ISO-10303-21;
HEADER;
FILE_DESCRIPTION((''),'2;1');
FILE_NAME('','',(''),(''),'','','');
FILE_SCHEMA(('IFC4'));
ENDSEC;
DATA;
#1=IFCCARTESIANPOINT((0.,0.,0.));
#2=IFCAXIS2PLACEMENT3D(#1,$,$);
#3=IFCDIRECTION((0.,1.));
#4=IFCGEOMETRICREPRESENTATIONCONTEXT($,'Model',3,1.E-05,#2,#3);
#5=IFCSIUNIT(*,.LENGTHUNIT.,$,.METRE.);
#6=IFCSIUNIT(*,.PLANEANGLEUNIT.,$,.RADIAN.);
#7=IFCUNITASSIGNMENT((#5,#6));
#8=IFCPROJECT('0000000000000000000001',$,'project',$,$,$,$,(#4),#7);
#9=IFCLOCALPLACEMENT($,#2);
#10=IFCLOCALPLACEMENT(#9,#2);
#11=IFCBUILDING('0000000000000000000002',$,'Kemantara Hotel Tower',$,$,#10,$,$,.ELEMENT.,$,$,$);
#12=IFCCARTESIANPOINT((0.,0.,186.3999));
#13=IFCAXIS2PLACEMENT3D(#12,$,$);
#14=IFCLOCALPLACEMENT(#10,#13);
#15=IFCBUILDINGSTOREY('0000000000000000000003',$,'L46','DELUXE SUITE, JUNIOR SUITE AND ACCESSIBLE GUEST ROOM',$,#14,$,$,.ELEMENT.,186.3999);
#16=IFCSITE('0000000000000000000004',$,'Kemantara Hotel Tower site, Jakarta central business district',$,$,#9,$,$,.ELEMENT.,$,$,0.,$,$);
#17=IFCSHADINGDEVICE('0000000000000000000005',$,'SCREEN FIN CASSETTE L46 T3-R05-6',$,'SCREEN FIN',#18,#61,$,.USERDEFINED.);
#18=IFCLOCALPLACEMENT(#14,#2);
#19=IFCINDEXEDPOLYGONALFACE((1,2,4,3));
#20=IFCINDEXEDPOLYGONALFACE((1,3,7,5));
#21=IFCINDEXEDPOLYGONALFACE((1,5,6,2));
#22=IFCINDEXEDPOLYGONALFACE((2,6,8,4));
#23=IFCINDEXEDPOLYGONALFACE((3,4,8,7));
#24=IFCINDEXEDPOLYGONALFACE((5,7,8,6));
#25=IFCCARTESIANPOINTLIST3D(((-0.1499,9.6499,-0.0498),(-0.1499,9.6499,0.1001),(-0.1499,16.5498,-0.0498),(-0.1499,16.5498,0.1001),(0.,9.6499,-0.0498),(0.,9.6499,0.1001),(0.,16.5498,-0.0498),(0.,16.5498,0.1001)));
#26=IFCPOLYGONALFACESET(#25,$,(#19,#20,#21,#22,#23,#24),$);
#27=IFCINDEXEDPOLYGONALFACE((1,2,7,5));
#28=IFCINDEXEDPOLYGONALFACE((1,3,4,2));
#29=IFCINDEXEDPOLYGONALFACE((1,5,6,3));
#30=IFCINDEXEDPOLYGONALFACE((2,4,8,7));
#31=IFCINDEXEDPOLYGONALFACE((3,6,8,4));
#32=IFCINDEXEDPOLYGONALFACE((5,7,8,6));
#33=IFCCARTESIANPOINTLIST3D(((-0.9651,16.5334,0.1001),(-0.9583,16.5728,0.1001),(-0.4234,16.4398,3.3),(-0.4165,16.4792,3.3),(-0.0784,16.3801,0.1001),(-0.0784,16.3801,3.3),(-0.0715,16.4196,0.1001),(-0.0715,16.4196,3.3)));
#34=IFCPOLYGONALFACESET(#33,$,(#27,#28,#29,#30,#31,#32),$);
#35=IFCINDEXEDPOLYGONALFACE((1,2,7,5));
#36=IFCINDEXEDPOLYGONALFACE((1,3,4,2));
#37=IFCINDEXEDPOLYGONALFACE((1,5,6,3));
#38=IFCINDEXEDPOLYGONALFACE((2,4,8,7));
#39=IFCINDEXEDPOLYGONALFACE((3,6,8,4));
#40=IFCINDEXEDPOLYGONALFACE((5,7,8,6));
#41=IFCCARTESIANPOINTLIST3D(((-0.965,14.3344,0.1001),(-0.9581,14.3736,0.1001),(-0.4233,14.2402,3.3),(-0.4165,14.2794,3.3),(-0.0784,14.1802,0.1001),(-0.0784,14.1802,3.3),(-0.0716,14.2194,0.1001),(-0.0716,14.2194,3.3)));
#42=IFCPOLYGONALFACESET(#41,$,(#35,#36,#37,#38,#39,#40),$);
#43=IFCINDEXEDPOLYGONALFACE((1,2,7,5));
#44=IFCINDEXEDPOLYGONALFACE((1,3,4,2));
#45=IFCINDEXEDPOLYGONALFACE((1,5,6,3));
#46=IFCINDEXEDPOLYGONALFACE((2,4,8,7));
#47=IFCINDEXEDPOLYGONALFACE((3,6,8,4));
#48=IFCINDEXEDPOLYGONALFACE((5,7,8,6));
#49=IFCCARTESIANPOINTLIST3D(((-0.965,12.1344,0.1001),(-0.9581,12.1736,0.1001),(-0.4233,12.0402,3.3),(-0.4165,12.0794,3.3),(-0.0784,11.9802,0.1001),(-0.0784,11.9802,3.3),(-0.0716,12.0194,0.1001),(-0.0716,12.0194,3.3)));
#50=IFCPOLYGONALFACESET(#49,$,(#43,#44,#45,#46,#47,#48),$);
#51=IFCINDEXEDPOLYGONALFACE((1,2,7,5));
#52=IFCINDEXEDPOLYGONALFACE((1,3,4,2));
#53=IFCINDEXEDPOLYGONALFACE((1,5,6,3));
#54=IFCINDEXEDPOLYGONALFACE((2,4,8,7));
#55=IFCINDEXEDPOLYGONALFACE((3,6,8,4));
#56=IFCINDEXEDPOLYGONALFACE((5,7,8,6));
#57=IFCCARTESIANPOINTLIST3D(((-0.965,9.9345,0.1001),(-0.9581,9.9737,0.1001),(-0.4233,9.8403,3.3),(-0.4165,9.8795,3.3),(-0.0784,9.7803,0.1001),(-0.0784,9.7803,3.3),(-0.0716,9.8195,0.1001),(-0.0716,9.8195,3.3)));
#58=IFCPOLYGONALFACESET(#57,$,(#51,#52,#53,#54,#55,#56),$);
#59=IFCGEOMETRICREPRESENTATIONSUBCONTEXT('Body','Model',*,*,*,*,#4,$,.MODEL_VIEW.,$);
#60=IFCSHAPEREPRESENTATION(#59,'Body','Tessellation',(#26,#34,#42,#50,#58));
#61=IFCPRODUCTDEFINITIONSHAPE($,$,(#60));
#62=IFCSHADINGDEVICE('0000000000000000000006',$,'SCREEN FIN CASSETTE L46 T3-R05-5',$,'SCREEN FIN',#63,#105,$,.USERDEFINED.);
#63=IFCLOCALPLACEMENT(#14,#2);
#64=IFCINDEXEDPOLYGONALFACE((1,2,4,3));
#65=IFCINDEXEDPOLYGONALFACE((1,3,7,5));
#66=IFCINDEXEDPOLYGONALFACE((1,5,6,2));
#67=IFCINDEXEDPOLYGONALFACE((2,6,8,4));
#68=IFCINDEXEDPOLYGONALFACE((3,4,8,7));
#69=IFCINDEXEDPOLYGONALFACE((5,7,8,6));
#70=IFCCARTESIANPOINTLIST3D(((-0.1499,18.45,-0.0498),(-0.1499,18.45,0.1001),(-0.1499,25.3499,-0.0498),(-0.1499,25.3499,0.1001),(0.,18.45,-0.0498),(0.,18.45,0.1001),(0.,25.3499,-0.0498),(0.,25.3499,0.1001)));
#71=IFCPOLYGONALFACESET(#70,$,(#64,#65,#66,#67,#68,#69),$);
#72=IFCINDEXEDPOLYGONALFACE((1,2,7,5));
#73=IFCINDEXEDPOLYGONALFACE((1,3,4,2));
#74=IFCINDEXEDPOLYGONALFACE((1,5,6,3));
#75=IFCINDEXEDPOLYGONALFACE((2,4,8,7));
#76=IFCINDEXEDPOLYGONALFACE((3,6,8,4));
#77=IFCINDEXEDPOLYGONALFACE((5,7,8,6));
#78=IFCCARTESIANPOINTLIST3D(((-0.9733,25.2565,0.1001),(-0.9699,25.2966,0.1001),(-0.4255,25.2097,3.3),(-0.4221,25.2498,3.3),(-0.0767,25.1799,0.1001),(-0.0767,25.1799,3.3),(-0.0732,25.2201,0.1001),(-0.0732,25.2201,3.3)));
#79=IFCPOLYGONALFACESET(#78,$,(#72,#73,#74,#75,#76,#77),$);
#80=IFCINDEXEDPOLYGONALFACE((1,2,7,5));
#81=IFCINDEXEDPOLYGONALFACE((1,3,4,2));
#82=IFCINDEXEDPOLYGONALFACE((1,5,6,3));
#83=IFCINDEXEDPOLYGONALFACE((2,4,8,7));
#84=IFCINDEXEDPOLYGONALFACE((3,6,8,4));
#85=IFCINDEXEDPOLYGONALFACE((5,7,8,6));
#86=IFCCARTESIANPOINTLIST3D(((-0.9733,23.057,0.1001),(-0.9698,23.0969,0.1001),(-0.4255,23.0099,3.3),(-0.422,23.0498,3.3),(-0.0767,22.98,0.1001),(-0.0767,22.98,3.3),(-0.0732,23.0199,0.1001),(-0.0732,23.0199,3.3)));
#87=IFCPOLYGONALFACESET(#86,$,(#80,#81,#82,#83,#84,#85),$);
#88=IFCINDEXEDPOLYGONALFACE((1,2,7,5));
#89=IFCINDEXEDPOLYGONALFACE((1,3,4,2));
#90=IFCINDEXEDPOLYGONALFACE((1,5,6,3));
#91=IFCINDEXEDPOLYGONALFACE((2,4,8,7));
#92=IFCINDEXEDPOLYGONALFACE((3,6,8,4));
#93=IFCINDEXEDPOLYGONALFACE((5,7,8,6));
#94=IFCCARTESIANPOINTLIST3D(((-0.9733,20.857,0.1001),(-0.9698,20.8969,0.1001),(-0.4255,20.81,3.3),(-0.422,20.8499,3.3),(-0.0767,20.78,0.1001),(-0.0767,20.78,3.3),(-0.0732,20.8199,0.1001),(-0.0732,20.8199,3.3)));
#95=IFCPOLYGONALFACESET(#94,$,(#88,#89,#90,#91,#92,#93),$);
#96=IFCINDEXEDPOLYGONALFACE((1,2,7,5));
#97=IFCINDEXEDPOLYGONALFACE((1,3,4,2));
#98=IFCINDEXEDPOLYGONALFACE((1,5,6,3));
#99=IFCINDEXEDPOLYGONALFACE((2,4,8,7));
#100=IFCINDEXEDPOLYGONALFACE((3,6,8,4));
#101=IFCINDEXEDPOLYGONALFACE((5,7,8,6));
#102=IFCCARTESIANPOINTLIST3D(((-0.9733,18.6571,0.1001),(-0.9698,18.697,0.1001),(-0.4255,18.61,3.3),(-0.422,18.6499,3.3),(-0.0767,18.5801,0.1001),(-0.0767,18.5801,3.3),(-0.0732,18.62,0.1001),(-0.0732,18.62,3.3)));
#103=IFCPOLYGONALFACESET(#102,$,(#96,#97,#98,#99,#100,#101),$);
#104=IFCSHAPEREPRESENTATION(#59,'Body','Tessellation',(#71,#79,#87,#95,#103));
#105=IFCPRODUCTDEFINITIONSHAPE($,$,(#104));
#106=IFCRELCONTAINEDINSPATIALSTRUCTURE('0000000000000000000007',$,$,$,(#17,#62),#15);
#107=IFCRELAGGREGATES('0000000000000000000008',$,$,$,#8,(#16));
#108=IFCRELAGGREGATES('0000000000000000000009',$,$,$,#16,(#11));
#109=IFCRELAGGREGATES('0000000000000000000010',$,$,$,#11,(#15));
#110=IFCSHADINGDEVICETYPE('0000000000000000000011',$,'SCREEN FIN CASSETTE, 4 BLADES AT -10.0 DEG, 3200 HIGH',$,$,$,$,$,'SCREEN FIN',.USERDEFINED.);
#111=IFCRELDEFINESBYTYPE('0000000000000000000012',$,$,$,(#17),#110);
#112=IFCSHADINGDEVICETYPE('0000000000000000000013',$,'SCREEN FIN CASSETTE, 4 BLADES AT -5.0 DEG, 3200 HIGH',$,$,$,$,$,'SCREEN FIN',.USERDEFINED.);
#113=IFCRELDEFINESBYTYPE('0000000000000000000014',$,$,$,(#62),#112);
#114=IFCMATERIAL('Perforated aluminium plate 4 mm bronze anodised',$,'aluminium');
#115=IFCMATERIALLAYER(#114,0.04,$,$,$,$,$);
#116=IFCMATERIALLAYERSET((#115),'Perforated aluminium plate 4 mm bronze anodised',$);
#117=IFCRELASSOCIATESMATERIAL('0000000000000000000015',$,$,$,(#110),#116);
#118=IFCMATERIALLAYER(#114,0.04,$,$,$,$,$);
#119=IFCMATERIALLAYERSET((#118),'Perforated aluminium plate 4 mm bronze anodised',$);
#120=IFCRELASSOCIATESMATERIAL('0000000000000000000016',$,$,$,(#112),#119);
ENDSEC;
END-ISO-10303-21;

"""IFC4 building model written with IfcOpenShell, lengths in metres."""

from ifc_helpers import new_model, si_unit, direction, frame, origin, origin_2d, place, context, subcontext, project, spatial, polyline, rectangle, outline, extrude, source, transform, mapped, material, layer, layer_set, type_object, element, save


model = new_model("IFC4")

# Units and contexts
model_context = context("Model", 3, precision=1e-05, world=origin(), true_north=direction((0.0, 1.0)))
body_context = subcontext(model_context, "Body", "Model", "MODEL_VIEW")
ifc_project = project(units=[si_unit("LENGTHUNIT", "METRE"), si_unit("PLANEANGLEUNIT", "RADIAN")], contexts=[model_context])

# Site, building, storey
site_placement = place(None, origin())
site = spatial("IfcSite", under=ifc_project, at=site_placement, Name="Kemantara Hotel Tower site, Jakarta central business district", CompositionType="ELEMENT", RefElevation=0.0)
building_placement = place(site_placement, origin())
building = spatial("IfcBuilding", under=site, at=building_placement, Name="Kemantara Hotel Tower", CompositionType="ELEMENT")
storey_placement = place(building_placement, frame((0.0, 0.0, 186.3999)))
storey = spatial("IfcBuildingStorey", under=building, at=storey_placement, Name="L46", Description="DELUXE SUITE, JUNIOR SUITE AND ACCESSIBLE GUEST ROOM", CompositionType="ELEMENT", Elevation=186.3999)

# Shading devices
ifc_material_1 = material(Name="Perforated aluminium plate 4 mm bronze anodised", Category="aluminium")
ifc_layer_1 = layer(ifc_material_1, 0.04)
ifc_layer_set_1 = layer_set([ifc_layer_1], Name="Perforated aluminium plate 4 mm bronze anodised")
shading_device_type_1 = type_object("IfcShadingDeviceType", Name="SCREEN FIN CASSETTE, 4 BLADES AT -10.0 DEG, 3200 HIGH", ElementType="SCREEN FIN", PredefinedType="USERDEFINED", material=ifc_layer_set_1)
shared_shape_1 = source(origin(), body_context, "Body", "SweptSolid", [
    extrude(rectangle(XDim=6.8999, YDim=0.1499, at=origin_2d()), frame((3.3, -0.075, -0.1499), z_axis=(0.0, 0.0, 1.0), x_axis=(1.0, 0.0, 0.0)), (0.0, 0.0, 1.0), 0.1499),
    extrude(outline(polyline([(0.0, 0.0), (0.8999, 0.0), (0.3501, 3.2), (0.0, 3.2), (0.0, 0.0)])), frame((0.0198, -0.0784, 0.0), z_axis=(-0.98539, 0.170314, 0.0), x_axis=(-0.170314, -0.98539, 0.0)), (0.0, 0.0, 1.0), 0.04),
    extrude(outline(polyline([(0.0, 0.0), (0.8999, 0.0), (0.3501, 3.2), (0.0, 3.2), (0.0, 0.0)])), frame((2.2197, -0.0784, 0.0), z_axis=(-0.985212, 0.171341, 0.0), x_axis=(-0.171341, -0.985212, 0.0)), (0.0, 0.0, 1.0), 0.0398),
    extrude(outline(polyline([(0.0, 0.0), (0.8999, 0.0), (0.3501, 3.2), (0.0, 3.2), (0.0, 0.0)])), frame((4.4197, -0.0784, 0.0), z_axis=(-0.985212, 0.171341, 0.0), x_axis=(-0.171341, -0.985212, 0.0)), (0.0, 0.0, 1.0), 0.0398),
    extrude(outline(polyline([(0.0, 0.0), (0.8999, 0.0), (0.3501, 3.2), (0.0, 3.2), (0.0, 0.0)])), frame((6.6196, -0.0784, 0.0), z_axis=(-0.985212, 0.171341, 0.0), x_axis=(-0.171341, -0.985212, 0.0)), (0.0, 0.0, 1.0), 0.0398),
])
shading_device_1_placement = place(storey_placement, frame((0.0, 16.3999, 0.1001), z_axis=(0.0, 0.0, 1.0), x_axis=(0.0, -1.0, 0.0)))
element("IfcShadingDevice", 1, at=shading_device_1_placement, inside=storey, type_object=shading_device_type_1, Name="SCREEN FIN CASSETTE L46 T3-R05-6", ObjectType="SCREEN FIN", PredefinedType="USERDEFINED", context=body_context, shape_type="MappedRepresentation", body=[
    mapped(shared_shape_1, transform((0.0, 0.0, 0.0))),
])
ifc_layer_2 = layer(ifc_material_1, 0.04)
ifc_layer_set_2 = layer_set([ifc_layer_2], Name="Perforated aluminium plate 4 mm bronze anodised")
shading_device_type_2 = type_object("IfcShadingDeviceType", Name="SCREEN FIN CASSETTE, 4 BLADES AT -5.0 DEG, 3200 HIGH", ElementType="SCREEN FIN", PredefinedType="USERDEFINED", material=ifc_layer_set_2)
shared_shape_2 = source(origin(), body_context, "Body", "SweptSolid", [
    extrude(rectangle(XDim=6.8999, YDim=0.1499, at=origin_2d()), frame((3.3, -0.075, -0.1499), z_axis=(0.0, 0.0, 1.0), x_axis=(1.0, 0.0, 0.0)), (0.0, 0.0, 1.0), 0.1499),
    extrude(outline(polyline([(0.0, 0.0), (0.8999, 0.0), (0.3501, 3.2), (0.0, 3.2), (0.0, 0.0)])), frame((0.02, -0.0767, 0.0), z_axis=(-0.996376, 0.085056, 0.0), x_axis=(-0.085056, -0.996376, 0.0)), (0.0, 0.0, 1.0), 0.0403),
    extrude(outline(polyline([(0.0, 0.0), (0.8999, 0.0), (0.3501, 3.2), (0.0, 3.2), (0.0, 0.0)])), frame((2.22, -0.0767, 0.0), z_axis=(-0.996332, 0.085575, 0.0), x_axis=(-0.085575, -0.996332, 0.0)), (0.0, 0.0, 1.0), 0.04),
    extrude(outline(polyline([(0.0, 0.0), (0.8999, 0.0), (0.3501, 3.2), (0.0, 3.2), (0.0, 0.0)])), frame((4.4199, -0.0767, 0.0), z_axis=(-0.996332, 0.085575, 0.0), x_axis=(-0.085575, -0.996332, 0.0)), (0.0, 0.0, 1.0), 0.04),
    extrude(outline(polyline([(0.0, 0.0), (0.8999, 0.0), (0.3501, 3.2), (0.0, 3.2), (0.0, 0.0)])), frame((6.6199, -0.0767, 0.0), z_axis=(-0.996332, 0.085575, 0.0), x_axis=(-0.085575, -0.996332, 0.0)), (0.0, 0.0, 1.0), 0.04),
])
shading_device_2_placement = place(storey_placement, frame((0.0, 25.2, 0.1001), z_axis=(0.0, 0.0, 1.0), x_axis=(0.0, -1.0, 0.0)))
element("IfcShadingDevice", 2, at=shading_device_2_placement, inside=storey, type_object=shading_device_type_2, Name="SCREEN FIN CASSETTE L46 T3-R05-5", ObjectType="SCREEN FIN", PredefinedType="USERDEFINED", context=body_context, shape_type="MappedRepresentation", body=[
    mapped(shared_shape_2, transform((0.0, 0.0, 0.0))),
])

save(model, "model.ifc")
